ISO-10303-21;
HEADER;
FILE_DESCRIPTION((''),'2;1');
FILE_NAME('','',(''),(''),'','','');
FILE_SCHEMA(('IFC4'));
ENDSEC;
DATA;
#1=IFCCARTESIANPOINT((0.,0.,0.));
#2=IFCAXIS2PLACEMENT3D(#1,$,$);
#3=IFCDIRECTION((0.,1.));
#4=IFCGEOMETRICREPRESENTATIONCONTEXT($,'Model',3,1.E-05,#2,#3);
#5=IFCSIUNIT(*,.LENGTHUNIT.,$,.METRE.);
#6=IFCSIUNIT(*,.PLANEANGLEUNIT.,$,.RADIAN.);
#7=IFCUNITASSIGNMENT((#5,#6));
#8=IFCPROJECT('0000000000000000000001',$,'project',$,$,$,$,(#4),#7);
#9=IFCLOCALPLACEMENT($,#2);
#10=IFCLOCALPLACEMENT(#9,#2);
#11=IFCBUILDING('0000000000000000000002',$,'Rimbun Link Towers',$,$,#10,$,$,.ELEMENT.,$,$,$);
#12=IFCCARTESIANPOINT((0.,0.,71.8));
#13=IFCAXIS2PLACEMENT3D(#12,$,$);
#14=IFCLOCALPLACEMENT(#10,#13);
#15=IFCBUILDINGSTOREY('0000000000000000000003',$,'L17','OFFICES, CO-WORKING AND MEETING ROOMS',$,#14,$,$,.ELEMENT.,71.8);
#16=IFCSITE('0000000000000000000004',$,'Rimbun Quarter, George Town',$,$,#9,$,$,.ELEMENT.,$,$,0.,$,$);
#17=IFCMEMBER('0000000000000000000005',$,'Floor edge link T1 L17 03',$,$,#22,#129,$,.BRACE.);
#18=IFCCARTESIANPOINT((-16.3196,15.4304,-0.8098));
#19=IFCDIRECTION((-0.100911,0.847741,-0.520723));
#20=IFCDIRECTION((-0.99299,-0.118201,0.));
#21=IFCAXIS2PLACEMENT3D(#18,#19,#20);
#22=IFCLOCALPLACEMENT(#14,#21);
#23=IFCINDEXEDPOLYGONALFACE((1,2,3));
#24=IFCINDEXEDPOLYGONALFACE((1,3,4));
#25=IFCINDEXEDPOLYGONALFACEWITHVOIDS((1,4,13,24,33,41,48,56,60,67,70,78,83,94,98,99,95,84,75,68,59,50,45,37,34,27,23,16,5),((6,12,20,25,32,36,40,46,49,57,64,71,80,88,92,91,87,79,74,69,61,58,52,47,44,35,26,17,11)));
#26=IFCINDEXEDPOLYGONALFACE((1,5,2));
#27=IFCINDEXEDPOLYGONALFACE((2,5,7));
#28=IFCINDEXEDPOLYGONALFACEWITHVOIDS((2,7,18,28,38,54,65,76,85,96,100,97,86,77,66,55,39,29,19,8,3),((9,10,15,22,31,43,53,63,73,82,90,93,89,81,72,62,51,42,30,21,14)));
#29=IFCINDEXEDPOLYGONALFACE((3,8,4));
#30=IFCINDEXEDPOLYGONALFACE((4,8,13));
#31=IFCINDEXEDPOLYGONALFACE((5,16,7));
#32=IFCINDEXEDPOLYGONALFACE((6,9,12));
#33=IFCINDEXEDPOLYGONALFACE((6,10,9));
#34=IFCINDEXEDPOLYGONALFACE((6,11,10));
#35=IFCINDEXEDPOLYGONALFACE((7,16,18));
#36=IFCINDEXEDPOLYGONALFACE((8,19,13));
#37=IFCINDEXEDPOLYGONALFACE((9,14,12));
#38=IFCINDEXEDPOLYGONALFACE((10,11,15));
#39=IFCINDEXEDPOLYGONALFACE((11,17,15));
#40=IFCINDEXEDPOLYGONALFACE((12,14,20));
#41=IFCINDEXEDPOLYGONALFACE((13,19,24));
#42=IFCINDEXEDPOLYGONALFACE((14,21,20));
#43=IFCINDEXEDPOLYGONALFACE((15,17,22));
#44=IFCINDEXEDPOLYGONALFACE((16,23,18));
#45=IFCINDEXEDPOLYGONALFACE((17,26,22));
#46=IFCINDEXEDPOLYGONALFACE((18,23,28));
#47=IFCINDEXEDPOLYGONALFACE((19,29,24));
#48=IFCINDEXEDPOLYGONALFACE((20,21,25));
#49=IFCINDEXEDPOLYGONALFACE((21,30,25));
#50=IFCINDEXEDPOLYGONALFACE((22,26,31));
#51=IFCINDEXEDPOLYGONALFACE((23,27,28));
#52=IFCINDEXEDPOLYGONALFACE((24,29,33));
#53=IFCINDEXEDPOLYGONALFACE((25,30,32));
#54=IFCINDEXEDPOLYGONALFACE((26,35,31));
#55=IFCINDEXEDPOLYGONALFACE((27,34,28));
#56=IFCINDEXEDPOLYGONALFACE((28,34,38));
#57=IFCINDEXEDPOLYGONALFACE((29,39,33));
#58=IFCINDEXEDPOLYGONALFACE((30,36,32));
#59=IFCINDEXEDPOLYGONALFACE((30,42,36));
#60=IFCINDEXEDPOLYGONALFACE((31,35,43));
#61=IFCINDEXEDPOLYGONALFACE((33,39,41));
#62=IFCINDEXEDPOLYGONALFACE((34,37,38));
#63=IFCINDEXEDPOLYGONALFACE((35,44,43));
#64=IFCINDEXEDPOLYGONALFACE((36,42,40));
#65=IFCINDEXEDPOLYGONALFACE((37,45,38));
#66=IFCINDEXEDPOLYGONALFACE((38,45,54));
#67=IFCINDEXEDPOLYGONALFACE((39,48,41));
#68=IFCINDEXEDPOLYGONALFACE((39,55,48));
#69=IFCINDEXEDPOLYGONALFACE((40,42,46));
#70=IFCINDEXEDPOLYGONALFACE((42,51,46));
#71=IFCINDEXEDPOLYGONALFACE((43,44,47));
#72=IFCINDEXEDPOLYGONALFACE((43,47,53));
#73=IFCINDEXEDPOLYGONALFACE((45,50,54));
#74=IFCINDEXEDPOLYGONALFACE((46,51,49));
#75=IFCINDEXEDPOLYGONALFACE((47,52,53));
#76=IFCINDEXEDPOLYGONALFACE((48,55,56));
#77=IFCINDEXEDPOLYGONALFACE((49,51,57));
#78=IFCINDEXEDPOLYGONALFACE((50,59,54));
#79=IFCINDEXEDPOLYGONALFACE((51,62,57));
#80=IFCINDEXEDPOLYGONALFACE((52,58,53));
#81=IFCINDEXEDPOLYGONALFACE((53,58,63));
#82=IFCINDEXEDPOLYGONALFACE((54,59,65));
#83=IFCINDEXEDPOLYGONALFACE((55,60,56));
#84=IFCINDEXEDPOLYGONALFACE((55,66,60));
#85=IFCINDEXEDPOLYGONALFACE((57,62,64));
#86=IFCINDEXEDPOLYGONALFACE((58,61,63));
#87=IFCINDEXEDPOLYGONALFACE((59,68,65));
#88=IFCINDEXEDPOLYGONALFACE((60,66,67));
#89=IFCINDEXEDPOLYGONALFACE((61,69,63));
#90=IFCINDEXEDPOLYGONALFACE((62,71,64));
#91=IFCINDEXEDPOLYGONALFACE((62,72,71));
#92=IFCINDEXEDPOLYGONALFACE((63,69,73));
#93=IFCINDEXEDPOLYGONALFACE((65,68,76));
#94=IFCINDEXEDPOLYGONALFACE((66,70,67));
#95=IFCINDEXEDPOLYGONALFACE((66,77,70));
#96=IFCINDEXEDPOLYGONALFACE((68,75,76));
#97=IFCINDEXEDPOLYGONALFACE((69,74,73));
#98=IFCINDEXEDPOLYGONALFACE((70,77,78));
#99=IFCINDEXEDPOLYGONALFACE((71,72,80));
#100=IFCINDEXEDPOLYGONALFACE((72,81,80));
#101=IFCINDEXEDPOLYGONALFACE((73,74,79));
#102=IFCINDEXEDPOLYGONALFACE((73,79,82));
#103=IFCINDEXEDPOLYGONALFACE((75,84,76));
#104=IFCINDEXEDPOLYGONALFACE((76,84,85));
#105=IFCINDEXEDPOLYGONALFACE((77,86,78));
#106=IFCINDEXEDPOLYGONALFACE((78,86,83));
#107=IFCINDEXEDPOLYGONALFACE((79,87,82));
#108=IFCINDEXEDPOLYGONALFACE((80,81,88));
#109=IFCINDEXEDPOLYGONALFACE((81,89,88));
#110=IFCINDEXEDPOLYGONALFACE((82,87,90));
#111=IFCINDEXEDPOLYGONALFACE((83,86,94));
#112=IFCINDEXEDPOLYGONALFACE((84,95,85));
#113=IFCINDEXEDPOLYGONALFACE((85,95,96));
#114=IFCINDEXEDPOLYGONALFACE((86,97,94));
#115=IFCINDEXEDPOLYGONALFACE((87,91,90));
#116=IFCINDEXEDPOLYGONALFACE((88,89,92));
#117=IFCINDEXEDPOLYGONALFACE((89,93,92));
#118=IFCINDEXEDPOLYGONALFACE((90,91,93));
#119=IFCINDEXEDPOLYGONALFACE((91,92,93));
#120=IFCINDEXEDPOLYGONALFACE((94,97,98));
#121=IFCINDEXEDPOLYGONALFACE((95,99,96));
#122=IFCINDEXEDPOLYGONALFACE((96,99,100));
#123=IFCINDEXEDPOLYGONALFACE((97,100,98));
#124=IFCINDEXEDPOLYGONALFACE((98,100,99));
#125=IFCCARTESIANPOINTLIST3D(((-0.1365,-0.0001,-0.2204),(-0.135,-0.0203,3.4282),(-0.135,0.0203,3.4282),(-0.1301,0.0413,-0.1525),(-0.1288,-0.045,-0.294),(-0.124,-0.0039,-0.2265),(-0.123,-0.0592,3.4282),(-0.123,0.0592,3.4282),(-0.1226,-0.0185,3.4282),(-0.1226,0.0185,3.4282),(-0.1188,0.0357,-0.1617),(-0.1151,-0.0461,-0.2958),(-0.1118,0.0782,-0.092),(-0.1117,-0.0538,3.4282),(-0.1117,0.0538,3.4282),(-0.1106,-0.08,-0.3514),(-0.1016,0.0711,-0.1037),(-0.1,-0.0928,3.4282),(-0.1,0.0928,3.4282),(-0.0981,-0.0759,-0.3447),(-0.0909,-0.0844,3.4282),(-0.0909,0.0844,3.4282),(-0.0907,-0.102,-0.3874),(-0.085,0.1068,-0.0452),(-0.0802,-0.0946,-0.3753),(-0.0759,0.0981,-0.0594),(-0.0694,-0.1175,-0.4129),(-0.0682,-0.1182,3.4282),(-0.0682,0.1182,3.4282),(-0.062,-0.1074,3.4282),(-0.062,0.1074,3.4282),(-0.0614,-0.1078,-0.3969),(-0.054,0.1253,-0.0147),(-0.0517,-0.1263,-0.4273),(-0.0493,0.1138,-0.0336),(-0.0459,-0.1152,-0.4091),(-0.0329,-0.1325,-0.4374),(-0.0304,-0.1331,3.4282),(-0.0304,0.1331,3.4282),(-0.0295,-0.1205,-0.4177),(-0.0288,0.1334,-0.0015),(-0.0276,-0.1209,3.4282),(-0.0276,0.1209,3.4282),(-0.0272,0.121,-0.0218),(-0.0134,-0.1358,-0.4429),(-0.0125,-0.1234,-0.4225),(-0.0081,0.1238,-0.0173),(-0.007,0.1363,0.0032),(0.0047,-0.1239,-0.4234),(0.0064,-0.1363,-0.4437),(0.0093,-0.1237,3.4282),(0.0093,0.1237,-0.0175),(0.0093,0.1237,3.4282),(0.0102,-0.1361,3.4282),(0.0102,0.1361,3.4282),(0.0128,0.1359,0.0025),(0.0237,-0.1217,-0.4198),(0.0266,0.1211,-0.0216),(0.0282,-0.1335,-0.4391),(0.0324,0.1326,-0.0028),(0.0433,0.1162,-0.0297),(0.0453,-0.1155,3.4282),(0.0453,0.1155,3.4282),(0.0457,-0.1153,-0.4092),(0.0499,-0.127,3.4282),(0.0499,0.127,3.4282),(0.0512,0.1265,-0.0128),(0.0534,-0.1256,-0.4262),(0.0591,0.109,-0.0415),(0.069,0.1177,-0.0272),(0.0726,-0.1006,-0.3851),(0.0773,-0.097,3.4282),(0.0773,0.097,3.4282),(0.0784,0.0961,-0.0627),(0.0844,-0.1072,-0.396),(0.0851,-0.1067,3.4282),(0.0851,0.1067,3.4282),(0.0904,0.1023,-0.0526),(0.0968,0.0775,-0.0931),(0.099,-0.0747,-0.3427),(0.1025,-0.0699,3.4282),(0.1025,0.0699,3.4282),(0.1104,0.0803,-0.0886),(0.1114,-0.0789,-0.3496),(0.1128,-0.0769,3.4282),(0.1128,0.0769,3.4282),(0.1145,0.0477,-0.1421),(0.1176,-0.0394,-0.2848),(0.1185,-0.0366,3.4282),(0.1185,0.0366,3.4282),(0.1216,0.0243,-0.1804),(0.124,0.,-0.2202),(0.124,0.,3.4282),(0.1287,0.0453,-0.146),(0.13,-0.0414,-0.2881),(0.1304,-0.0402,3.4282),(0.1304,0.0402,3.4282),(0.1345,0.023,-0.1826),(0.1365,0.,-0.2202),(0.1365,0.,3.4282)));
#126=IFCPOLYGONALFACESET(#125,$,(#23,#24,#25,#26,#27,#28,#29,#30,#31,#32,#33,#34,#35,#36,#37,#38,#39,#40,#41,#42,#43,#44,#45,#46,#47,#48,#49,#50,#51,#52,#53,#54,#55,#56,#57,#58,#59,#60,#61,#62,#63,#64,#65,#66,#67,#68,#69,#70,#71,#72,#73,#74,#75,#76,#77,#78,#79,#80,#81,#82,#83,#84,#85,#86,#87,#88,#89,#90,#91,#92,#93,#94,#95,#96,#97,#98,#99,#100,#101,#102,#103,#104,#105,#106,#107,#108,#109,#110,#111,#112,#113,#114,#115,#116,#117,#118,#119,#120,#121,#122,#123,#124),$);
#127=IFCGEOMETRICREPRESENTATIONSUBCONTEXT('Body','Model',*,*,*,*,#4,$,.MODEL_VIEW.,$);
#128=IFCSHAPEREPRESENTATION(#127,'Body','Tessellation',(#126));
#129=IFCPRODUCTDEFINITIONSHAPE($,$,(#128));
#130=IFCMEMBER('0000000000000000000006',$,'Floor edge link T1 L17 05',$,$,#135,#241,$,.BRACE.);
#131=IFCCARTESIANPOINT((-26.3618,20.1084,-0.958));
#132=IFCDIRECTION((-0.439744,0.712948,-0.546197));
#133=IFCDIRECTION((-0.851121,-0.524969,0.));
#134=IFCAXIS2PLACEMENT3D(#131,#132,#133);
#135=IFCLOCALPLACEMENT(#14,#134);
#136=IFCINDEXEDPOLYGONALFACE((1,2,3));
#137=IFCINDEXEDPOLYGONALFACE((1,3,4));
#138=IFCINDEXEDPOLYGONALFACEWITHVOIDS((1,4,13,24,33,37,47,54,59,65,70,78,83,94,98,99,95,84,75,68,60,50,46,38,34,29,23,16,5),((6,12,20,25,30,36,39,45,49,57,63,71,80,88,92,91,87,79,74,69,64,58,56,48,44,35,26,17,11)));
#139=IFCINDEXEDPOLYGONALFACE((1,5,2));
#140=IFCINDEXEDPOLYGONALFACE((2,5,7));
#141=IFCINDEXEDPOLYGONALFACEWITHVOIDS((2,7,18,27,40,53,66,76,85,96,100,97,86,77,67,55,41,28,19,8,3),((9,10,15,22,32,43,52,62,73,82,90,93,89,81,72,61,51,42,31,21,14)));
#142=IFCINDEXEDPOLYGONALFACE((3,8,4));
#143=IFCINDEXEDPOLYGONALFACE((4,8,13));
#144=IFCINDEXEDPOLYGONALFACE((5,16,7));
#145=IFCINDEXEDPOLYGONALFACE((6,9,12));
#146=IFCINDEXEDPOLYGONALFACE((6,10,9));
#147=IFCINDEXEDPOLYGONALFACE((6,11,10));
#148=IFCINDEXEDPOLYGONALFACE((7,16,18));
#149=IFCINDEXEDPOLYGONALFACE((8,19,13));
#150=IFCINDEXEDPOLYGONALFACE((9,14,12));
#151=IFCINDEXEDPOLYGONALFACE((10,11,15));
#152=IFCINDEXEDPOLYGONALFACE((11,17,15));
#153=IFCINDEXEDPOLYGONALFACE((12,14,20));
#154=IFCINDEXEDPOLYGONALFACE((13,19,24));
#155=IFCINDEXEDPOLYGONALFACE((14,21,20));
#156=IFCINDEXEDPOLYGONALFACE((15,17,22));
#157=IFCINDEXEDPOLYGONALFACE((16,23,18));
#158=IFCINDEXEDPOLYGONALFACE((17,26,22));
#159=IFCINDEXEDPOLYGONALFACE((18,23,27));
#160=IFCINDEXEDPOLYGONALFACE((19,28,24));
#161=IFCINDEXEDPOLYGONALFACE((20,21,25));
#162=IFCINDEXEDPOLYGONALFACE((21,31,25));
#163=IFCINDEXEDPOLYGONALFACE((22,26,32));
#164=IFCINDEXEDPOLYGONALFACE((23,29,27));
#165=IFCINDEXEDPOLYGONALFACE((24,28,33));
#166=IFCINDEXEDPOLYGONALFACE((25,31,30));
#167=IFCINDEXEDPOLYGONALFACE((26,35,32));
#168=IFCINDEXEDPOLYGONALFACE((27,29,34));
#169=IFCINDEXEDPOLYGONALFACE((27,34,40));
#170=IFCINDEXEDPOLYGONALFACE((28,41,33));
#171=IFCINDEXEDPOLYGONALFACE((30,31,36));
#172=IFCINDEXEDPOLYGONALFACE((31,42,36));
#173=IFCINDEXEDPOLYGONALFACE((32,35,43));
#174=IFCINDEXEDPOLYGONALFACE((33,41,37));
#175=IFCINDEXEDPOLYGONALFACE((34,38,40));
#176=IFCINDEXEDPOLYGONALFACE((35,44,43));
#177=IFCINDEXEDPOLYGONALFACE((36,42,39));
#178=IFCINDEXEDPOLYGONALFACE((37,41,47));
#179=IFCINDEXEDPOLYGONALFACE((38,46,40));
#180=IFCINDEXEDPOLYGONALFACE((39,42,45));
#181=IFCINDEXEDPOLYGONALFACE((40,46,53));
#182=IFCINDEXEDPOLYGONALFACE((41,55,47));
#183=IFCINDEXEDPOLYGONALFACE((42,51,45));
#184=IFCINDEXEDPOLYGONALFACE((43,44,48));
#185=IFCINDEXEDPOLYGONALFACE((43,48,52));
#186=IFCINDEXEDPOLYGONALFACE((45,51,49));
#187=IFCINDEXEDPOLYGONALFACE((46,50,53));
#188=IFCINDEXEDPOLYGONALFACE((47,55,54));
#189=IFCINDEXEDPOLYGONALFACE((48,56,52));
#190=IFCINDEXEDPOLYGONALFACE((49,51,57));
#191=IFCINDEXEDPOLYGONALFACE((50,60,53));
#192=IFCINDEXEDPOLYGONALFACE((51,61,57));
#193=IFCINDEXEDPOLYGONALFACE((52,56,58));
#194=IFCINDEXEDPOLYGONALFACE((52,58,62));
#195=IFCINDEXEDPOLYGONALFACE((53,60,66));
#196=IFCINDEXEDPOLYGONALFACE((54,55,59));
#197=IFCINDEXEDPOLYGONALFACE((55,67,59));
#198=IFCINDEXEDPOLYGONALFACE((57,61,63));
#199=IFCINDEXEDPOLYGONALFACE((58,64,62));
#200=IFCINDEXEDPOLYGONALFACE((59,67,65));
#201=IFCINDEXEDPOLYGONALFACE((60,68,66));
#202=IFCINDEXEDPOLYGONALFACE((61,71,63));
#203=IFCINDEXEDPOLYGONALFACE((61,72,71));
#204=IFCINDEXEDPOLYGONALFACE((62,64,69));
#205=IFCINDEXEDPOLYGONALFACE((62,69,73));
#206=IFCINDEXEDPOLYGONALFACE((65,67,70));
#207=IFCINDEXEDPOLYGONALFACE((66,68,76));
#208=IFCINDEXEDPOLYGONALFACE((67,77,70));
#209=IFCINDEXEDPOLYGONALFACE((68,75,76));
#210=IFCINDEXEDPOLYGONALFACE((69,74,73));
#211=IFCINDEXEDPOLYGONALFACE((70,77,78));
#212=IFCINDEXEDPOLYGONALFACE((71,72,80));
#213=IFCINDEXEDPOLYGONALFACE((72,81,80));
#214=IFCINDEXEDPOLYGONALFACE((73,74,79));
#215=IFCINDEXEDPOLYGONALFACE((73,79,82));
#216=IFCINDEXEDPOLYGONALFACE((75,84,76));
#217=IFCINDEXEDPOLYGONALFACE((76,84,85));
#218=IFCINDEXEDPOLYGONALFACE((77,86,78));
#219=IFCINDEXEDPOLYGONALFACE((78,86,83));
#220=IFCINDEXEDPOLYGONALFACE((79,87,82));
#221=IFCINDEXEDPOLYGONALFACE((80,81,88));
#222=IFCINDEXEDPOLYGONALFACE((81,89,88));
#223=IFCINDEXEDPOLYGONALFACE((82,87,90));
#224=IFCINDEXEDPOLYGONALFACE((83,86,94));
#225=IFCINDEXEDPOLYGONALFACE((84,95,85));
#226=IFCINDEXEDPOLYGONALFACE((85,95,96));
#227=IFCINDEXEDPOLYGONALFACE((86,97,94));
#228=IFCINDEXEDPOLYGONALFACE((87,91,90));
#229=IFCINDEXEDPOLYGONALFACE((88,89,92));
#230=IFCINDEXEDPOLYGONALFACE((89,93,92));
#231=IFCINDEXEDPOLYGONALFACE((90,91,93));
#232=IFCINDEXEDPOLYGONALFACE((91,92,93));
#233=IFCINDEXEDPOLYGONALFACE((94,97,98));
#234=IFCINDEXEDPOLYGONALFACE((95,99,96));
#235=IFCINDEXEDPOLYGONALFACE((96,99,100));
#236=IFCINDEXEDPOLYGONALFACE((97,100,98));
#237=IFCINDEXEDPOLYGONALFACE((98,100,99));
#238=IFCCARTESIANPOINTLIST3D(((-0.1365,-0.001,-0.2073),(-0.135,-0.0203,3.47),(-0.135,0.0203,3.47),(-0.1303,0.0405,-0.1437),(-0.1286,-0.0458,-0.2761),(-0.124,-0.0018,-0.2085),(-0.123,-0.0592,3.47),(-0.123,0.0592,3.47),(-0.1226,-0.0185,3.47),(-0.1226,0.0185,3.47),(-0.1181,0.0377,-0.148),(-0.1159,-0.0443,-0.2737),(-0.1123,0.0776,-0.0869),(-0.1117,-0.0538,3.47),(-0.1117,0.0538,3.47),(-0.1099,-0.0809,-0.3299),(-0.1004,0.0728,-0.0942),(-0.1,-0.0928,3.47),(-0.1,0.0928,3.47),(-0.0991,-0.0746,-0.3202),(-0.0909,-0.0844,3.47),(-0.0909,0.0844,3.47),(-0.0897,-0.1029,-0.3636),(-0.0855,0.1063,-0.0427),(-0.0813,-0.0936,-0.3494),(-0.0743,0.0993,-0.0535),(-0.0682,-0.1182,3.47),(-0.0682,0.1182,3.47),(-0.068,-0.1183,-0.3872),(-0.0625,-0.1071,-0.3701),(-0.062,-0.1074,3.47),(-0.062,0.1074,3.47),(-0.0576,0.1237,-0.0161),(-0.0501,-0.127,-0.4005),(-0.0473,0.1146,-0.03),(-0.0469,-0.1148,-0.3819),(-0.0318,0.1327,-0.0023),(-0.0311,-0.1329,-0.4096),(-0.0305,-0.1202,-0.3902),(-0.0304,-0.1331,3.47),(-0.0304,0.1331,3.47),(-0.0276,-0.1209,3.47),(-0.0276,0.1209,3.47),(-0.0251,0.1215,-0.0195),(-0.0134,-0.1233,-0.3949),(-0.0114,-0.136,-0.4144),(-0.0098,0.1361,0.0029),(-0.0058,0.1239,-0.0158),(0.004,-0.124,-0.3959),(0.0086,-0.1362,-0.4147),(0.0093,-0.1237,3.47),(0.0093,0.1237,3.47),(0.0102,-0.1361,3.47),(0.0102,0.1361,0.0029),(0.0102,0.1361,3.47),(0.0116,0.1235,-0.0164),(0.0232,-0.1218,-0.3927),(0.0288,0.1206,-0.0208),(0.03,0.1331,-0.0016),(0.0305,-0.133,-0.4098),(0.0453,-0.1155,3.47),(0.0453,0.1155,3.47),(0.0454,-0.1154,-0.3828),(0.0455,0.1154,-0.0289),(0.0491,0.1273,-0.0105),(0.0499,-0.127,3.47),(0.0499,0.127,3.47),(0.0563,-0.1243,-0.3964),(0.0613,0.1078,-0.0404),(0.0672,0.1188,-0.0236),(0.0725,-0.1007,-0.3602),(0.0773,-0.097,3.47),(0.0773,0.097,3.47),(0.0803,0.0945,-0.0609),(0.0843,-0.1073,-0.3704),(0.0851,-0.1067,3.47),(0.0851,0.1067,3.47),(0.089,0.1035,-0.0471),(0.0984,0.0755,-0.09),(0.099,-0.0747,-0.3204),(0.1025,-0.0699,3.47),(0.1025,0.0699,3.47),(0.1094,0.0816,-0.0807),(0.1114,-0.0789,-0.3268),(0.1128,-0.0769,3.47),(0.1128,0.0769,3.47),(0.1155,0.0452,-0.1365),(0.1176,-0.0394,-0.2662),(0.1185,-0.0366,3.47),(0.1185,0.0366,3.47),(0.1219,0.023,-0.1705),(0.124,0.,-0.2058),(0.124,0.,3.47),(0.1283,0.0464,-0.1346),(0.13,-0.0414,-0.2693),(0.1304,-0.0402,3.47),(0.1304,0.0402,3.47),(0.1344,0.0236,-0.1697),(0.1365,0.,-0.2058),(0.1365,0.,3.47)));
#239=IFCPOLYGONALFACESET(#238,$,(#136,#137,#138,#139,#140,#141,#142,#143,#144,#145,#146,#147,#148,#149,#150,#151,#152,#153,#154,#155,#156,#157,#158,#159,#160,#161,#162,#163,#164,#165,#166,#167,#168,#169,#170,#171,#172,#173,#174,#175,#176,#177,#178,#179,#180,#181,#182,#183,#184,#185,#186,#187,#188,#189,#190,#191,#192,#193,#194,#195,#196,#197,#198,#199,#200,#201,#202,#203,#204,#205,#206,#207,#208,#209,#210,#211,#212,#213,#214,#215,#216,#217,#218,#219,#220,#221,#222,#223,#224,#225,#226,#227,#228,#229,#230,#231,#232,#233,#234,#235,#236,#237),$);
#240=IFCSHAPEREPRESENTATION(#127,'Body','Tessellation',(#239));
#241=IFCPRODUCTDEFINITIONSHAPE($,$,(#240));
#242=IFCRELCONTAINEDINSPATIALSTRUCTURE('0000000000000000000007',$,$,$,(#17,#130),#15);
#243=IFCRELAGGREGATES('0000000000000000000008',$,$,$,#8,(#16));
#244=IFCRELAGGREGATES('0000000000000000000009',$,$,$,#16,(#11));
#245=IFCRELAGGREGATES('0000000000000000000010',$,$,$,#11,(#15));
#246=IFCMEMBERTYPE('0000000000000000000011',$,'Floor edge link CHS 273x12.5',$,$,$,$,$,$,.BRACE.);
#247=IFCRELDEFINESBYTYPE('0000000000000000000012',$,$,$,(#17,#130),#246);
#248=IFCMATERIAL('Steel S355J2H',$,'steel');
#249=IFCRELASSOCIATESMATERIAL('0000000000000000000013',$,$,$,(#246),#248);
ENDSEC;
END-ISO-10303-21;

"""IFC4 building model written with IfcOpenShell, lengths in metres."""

from ifc_helpers import new_model, si_unit, direction, frame, origin, origin_2d, place, context, subcontext, project, spatial, hollow_circle, extrude, clip, halfspace, material, material_profile, profile_set, type_object, element, save


model = new_model("IFC4")

# Units and contexts
model_context = context("Model", 3, precision=1e-05, world=origin(), true_north=direction((0.0, 1.0)))
body_context = subcontext(model_context, "Body", "Model", "MODEL_VIEW")
ifc_project = project(units=[si_unit("LENGTHUNIT", "METRE"), si_unit("PLANEANGLEUNIT", "RADIAN")], contexts=[model_context])

# Site, building, storey
site_placement = place(None, origin())
site = spatial("IfcSite", under=ifc_project, at=site_placement, Name="Rimbun Quarter, George Town", CompositionType="ELEMENT", RefElevation=0.0)
building_placement = place(site_placement, origin())
building = spatial("IfcBuilding", under=site, at=building_placement, Name="Rimbun Link Towers", CompositionType="ELEMENT")
storey_placement = place(building_placement, frame((0.0, 0.0, 71.8)))
storey = spatial("IfcBuildingStorey", under=building, at=storey_placement, Name="L17", Description="OFFICES, CO-WORKING AND MEETING ROOMS", CompositionType="ELEMENT", Elevation=71.8)

# Members
ifc_material_1 = material(Name="Steel S355J2H", Category="steel")
ifc_material_profile_1 = material_profile(ifc_material_1, hollow_circle(Radius=0.1365, WallThickness=0.0125, at=origin_2d()), Name="CHS 273x12.5")
ifc_profile_set_1 = profile_set([ifc_material_profile_1], Name="Steel S355J2H")
member_type_1 = type_object("IfcMemberType", Name="Floor edge link CHS 273x12.5", PredefinedType="BRACE", material=ifc_profile_set_1)
member_1_placement = place(storey_placement, frame((-16.3196, 15.4304, -0.8098), z_axis=(-0.100911, 0.847741, -0.520723), x_axis=(-0.99299, -0.118201, 0.0)))
element("IfcMember", 1, at=member_1_placement, inside=storey, type_object=member_type_1, Name="Floor edge link T1 L17 03", PredefinedType="BRACE", context=body_context, shape_type="Clipping", body=[
    clip(extrude(hollow_circle(Radius=0.1365, WallThickness=0.0125, at=origin_2d()), frame((0.0, 0.0, -0.4668)), (0.0, 0.0, 1.0), 3.895), halfspace(frame((0.0, 0.0, -0.2202), z_axis=(0.0, 0.853726, -0.520723)), False)),
])
member_2_placement = place(storey_placement, frame((-26.3618, 20.1084, -0.958), z_axis=(-0.439744, 0.712948, -0.546197), x_axis=(-0.851121, -0.524969, 0.0)))
element("IfcMember", 2, at=member_2_placement, inside=storey, type_object=member_type_1, Name="Floor edge link T1 L17 05", PredefinedType="BRACE", context=body_context, shape_type="Clipping", body=[
    clip(extrude(hollow_circle(Radius=0.1365, WallThickness=0.0125, at=origin_2d()), frame((0.0, 0.0, -0.437)), (0.0, 0.0, 1.0), 3.907), halfspace(frame((0.0, 0.0, -0.2058), z_axis=(0.0, 0.837657, -0.546197)), False)),
])

save(model, "model.ifc")
